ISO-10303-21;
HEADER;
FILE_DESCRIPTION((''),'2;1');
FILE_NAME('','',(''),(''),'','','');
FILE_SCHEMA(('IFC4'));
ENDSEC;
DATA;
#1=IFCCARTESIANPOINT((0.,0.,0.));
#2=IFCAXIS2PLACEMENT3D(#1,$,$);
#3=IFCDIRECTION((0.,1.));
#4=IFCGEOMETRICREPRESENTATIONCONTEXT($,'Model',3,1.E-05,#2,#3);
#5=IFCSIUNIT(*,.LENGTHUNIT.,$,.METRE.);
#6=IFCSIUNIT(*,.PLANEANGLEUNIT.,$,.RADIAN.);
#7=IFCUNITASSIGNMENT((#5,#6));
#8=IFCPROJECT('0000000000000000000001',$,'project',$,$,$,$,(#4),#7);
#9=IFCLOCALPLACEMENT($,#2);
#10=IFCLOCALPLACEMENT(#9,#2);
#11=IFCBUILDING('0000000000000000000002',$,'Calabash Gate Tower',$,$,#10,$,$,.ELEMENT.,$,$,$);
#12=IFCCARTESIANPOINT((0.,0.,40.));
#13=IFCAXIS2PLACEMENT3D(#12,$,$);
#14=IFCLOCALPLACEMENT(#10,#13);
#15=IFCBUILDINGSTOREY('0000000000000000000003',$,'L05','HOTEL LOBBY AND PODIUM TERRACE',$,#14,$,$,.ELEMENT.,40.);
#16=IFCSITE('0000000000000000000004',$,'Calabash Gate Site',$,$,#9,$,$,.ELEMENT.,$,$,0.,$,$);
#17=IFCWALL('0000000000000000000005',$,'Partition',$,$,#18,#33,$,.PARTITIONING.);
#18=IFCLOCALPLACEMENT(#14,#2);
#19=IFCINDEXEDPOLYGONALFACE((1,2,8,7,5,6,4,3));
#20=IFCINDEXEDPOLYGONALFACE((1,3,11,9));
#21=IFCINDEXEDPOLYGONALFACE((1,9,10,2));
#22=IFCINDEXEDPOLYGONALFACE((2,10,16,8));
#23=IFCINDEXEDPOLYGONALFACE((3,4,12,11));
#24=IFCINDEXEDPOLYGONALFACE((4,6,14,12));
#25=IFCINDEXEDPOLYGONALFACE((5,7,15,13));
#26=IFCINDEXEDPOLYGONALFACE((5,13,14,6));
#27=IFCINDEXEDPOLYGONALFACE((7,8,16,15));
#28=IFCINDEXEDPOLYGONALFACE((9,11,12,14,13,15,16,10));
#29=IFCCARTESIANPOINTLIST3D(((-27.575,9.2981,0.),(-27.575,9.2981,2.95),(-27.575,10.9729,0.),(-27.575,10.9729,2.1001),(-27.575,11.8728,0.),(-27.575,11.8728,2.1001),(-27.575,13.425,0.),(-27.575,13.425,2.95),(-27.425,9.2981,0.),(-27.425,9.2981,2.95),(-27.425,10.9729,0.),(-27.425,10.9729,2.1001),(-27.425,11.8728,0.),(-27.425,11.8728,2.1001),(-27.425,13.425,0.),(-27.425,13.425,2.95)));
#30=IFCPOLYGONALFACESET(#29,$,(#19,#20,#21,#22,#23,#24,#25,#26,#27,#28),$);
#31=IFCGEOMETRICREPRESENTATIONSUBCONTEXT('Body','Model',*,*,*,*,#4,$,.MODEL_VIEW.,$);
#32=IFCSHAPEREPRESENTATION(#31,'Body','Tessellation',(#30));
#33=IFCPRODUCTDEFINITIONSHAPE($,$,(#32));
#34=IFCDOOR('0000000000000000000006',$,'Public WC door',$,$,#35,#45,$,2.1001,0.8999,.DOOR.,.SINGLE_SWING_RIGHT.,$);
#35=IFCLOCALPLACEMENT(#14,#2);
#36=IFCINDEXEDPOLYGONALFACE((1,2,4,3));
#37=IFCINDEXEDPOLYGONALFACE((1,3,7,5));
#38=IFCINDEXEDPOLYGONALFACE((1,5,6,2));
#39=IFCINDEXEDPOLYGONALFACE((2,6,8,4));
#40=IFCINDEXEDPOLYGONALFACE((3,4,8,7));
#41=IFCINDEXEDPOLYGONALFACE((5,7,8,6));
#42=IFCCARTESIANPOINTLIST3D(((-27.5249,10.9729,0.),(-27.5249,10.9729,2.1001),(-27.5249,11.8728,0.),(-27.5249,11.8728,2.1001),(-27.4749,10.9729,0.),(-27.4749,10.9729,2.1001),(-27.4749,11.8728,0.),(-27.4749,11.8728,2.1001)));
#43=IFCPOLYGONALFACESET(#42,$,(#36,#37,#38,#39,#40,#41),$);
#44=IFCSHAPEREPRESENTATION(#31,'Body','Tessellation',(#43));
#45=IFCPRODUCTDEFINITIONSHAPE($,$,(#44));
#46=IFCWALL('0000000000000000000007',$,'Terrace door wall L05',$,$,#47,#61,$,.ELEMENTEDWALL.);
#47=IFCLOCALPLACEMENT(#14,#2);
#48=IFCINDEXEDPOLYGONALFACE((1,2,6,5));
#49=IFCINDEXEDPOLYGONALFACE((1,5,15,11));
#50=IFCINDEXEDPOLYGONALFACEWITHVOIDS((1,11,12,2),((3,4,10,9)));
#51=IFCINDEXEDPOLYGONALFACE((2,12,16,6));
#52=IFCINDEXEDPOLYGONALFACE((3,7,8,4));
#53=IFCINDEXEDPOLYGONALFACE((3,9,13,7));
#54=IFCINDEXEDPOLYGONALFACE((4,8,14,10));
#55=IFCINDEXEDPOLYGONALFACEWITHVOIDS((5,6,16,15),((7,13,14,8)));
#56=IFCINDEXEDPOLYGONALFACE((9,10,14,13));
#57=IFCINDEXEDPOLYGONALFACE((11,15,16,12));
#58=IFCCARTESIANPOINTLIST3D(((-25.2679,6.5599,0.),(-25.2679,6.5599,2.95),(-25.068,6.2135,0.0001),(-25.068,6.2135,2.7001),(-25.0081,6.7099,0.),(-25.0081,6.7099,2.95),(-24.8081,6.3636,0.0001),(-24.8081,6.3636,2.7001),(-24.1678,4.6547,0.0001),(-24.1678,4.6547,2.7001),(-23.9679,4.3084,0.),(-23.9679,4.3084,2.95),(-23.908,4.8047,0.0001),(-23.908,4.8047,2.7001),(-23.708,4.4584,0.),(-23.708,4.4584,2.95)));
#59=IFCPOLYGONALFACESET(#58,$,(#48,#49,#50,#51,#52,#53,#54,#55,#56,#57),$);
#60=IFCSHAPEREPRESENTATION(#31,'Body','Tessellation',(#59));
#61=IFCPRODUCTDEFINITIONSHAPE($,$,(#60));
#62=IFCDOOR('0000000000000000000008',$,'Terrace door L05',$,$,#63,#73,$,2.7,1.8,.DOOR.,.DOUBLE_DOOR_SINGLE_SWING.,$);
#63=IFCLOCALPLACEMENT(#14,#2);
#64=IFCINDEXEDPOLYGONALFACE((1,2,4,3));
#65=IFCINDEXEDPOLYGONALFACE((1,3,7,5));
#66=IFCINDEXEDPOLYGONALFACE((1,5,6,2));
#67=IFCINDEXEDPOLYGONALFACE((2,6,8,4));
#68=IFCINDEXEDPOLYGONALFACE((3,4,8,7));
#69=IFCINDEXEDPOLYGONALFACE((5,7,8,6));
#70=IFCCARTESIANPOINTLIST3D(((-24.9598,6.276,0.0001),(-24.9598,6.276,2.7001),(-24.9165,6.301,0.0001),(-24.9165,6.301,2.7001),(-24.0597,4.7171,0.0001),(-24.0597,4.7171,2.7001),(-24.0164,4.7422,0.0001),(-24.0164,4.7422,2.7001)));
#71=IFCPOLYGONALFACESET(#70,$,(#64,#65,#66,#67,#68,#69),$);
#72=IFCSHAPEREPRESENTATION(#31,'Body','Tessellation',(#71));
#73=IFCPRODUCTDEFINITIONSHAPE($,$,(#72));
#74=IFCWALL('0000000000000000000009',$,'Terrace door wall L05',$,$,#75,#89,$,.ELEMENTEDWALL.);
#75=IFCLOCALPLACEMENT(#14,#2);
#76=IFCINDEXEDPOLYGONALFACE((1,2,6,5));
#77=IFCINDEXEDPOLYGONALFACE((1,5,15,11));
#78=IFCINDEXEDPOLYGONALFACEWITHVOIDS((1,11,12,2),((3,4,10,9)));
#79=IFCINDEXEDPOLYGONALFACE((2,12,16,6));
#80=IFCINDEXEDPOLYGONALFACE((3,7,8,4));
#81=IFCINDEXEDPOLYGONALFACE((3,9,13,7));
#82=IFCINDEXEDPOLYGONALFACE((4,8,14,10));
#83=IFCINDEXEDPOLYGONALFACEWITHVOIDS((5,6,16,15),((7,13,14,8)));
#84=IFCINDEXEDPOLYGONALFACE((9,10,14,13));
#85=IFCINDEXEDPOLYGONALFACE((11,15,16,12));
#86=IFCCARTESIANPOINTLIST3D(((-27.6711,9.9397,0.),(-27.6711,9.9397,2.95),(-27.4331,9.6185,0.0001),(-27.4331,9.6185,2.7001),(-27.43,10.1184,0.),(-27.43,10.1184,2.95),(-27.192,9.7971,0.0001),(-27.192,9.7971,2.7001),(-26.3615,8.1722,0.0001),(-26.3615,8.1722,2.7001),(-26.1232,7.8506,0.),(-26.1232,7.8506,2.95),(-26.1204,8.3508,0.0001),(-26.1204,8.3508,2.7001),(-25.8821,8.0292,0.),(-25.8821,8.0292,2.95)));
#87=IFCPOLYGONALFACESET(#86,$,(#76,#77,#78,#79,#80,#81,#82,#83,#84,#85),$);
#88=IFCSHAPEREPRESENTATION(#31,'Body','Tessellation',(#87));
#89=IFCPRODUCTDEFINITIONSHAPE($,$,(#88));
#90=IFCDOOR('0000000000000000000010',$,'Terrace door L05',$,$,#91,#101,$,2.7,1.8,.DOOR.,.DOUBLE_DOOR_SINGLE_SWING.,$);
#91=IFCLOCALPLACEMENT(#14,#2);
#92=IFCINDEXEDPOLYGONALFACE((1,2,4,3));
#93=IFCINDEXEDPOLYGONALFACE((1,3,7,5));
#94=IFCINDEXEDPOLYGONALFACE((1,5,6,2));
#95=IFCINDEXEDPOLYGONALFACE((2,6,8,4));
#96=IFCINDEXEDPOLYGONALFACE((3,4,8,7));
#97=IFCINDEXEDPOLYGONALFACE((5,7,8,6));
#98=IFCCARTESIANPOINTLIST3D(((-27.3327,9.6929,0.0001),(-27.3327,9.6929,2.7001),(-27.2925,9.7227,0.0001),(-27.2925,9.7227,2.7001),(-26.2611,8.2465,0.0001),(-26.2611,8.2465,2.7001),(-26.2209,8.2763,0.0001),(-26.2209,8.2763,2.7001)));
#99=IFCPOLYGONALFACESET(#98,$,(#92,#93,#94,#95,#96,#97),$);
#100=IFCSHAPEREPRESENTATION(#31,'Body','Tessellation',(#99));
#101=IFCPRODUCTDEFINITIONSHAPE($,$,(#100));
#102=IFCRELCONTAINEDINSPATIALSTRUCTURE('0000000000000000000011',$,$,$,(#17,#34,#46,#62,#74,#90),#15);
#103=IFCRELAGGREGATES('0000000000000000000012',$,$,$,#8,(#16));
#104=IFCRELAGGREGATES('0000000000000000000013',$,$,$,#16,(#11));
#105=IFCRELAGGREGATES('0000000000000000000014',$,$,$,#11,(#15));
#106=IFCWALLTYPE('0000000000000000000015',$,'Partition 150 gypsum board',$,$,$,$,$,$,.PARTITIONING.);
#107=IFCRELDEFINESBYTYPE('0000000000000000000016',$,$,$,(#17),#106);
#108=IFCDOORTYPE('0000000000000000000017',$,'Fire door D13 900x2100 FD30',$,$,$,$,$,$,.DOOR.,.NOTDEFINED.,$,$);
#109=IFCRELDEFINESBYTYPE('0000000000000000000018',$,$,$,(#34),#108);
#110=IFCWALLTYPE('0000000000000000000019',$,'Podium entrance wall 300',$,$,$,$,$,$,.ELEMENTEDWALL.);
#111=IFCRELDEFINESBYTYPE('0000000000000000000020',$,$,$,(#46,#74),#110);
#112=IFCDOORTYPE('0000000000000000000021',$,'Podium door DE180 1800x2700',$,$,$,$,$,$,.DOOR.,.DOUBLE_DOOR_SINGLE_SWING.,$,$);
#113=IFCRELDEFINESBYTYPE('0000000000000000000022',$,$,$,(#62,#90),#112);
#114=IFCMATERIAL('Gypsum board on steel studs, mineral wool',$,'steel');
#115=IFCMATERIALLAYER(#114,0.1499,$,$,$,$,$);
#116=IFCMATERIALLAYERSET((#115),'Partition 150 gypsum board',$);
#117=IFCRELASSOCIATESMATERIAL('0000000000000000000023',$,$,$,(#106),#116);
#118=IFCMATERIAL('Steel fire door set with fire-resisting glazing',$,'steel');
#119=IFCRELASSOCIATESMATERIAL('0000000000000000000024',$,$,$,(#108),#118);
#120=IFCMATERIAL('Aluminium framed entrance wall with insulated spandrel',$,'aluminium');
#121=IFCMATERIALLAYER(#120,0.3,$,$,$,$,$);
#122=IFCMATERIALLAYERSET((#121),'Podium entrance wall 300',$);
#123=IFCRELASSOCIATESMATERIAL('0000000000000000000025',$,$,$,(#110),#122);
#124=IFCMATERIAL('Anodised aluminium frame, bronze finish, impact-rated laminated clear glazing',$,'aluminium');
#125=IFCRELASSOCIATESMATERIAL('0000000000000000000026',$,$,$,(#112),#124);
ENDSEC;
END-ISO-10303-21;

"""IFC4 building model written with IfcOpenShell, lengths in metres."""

from ifc_helpers import new_model, si_unit, direction, frame, frame_2d, origin, place, context, subcontext, project, spatial, rectangle, extrude, material, layer, layer_set, type_object, element, fill, save


model = new_model("IFC4")

# Units and contexts
model_context = context("Model", 3, precision=1e-05, world=origin(), true_north=direction((0.0, 1.0)))
body_context = subcontext(model_context, "Body", "Model", "MODEL_VIEW")
ifc_project = project(units=[si_unit("LENGTHUNIT", "METRE"), si_unit("PLANEANGLEUNIT", "RADIAN")], contexts=[model_context])

# Site, building, storey
site_placement = place(None, origin())
site = spatial("IfcSite", under=ifc_project, at=site_placement, Name="Calabash Gate Site", CompositionType="ELEMENT", RefElevation=0.0)
building_placement = place(site_placement, origin())
building = spatial("IfcBuilding", under=site, at=building_placement, Name="Calabash Gate Tower", CompositionType="ELEMENT")
storey_placement = place(building_placement, frame((0.0, 0.0, 40.0)))
storey = spatial("IfcBuildingStorey", under=building, at=storey_placement, Name="L05", Description="HOTEL LOBBY AND PODIUM TERRACE", CompositionType="ELEMENT", Elevation=40.0)

# Walls, openings, doors
ifc_material_1 = material(Name="Gypsum board on steel studs, mineral wool", Category="steel")
ifc_layer_1 = layer(ifc_material_1, 0.1499)
ifc_layer_set_1 = layer_set([ifc_layer_1], Name="Partition 150 gypsum board")
wall_type_1 = type_object("IfcWallType", Name="Partition 150 gypsum board", PredefinedType="PARTITIONING", material=ifc_layer_set_1)
wall_1_placement = place(storey_placement, frame((-27.5, 9.2981, 0.0), z_axis=(0.0, 0.0, 1.0), x_axis=(0.0, 1.0, 0.0)))
wall_1 = element("IfcWall", 1, at=wall_1_placement, inside=storey, type_object=wall_type_1, Name="Partition", PredefinedType="PARTITIONING", context=body_context, shape_type="SweptSolid", body=[
    extrude(rectangle(XDim=4.127, YDim=0.1499, at=frame_2d((2.0635, 0.0))), origin(), (0.0, 0.0, 1.0), 2.95),
])
opening_1_placement = place(wall_1_placement, frame((1.6748, 0.0, 0.0)))
opening_1 = element("IfcOpeningElement", 2, at=opening_1_placement, cuts=wall_1, PredefinedType="OPENING", context=body_context, shape_type="SweptSolid", body=[
    extrude(rectangle(XDim=0.8999, YDim=2.1001, at=frame_2d((0.45, 1.05))), frame((0.0, 0.085, 0.0), z_axis=(0.0, -1.0, 0.0), x_axis=(1.0, 0.0, 0.0)), (0.0, 0.0, 1.0), 0.1699),
])
ifc_material_2 = material(Name="Steel fire door set with fire-resisting glazing", Category="steel")
door_type_1 = type_object("IfcDoorType", Name="Fire door D13 900x2100 FD30", OperationType="NOTDEFINED", PredefinedType="DOOR", material=ifc_material_2)
door_1_placement = place(opening_1_placement, origin())
door_1 = element("IfcDoor", 3, at=door_1_placement, inside=storey, type_object=door_type_1, Name="Public WC door", OperationType="SINGLE_SWING_RIGHT", OverallHeight=2.1001, OverallWidth=0.8999, PredefinedType="DOOR", context=body_context, shape_type="SweptSolid", body=[
    extrude(rectangle(XDim=0.8999, YDim=2.1001, at=frame_2d((0.45, 1.05))), frame((0.0, 0.0249, 0.0), z_axis=(0.0, -1.0, 0.0), x_axis=(1.0, 0.0, 0.0)), (0.0, 0.0, 1.0), 0.05),
])
fill(opening_1, door_1)
ifc_material_3 = material(Name="Aluminium framed entrance wall with insulated spandrel", Category="aluminium")
ifc_layer_2 = layer(ifc_material_3, 0.3)
ifc_layer_set_2 = layer_set([ifc_layer_2], Name="Podium entrance wall 300")
wall_type_2 = type_object("IfcWallType", Name="Podium entrance wall 300", PredefinedType="ELEMENTEDWALL", material=ifc_layer_set_2)
wall_2_placement = place(storey_placement, frame((-25.1379, 6.6348, 0.0), z_axis=(0.0, 0.0, 1.0), x_axis=(0.500048, -0.865998, 0.0)))
wall_2 = element("IfcWall", 4, at=wall_2_placement, inside=storey, type_object=wall_type_2, Name="Terrace door wall L05", PredefinedType="ELEMENTEDWALL", context=body_context, shape_type="SweptSolid", body=[
    extrude(rectangle(XDim=2.5999, YDim=0.3, at=frame_2d((1.2998, 0.0))), origin(), (0.0, 0.0, 1.0), 2.95),
])
opening_2_placement = place(wall_2_placement, frame((0.3999, 0.0, 0.0)))
opening_2 = element("IfcOpeningElement", 5, at=opening_2_placement, cuts=wall_2, PredefinedType="OPENING", context=body_context, shape_type="SweptSolid", body=[
    extrude(rectangle(XDim=1.8, YDim=2.7, at=frame_2d((0.8999, 1.3501))), frame((0.0, 0.1599, 0.0), z_axis=(0.0, -1.0, 0.0), x_axis=(1.0, 0.0, 0.0)), (0.0, 0.0, 1.0), 0.3201),
])
ifc_material_4 = material(Name="Anodised aluminium frame, bronze finish, impact-rated laminated clear glazing", Category="aluminium")
door_type_2 = type_object("IfcDoorType", Name="Podium door DE180 1800x2700", OperationType="DOUBLE_DOOR_SINGLE_SWING", PredefinedType="DOOR", material=ifc_material_4)
door_2_placement = place(opening_2_placement, origin())
door_2 = element("IfcDoor", 6, at=door_2_placement, inside=storey, type_object=door_type_2, Name="Terrace door L05", OperationType="DOUBLE_DOOR_SINGLE_SWING", OverallHeight=2.7, OverallWidth=1.8, PredefinedType="DOOR", context=body_context, shape_type="SweptSolid", body=[
    extrude(rectangle(XDim=1.8, YDim=2.7, at=frame_2d((0.8999, 1.3501))), frame((0.0, 0.0249, 0.0), z_axis=(0.0, -1.0, 0.0), x_axis=(1.0, 0.0, 0.0)), (0.0, 0.0, 1.0), 0.05),
])
fill(opening_2, door_2)
wall_3_placement = place(storey_placement, frame((-27.5505, 10.0291, 0.0), z_axis=(0.0, 0.0, 1.0), x_axis=(0.595317, -0.803491, 0.0)))
wall_3 = element("IfcWall", 7, at=wall_3_placement, inside=storey, type_object=wall_type_2, Name="Terrace door wall L05", PredefinedType="ELEMENTEDWALL", context=body_context, shape_type="SweptSolid", body=[
    extrude(rectangle(XDim=2.6001, YDim=0.3, at=frame_2d((1.3, 0.0))), origin(), (0.0, 0.0, 1.0), 2.95),
])
opening_3_placement = place(wall_3_placement, frame((0.3999, 0.0, 0.0)))
opening_3 = element("IfcOpeningElement", 8, at=opening_3_placement, cuts=wall_3, PredefinedType="OPENING", context=body_context, shape_type="SweptSolid", body=[
    extrude(rectangle(XDim=1.8, YDim=2.7, at=frame_2d((0.8999, 1.3501))), frame((0.0, 0.1599, 0.0), z_axis=(0.0, -1.0, 0.0), x_axis=(1.0, 0.0, 0.0)), (0.0, 0.0, 1.0), 0.3201),
])
door_3_placement = place(opening_3_placement, origin())
door_3 = element("IfcDoor", 9, at=door_3_placement, inside=storey, type_object=door_type_2, Name="Terrace door L05", OperationType="DOUBLE_DOOR_SINGLE_SWING", OverallHeight=2.7, OverallWidth=1.8, PredefinedType="DOOR", context=body_context, shape_type="SweptSolid", body=[
    extrude(rectangle(XDim=1.8, YDim=2.7, at=frame_2d((0.8999, 1.3501))), frame((0.0, 0.0249, 0.0), z_axis=(0.0, -1.0, 0.0), x_axis=(1.0, 0.0, 0.0)), (0.0, 0.0, 1.0), 0.05),
])
fill(opening_3, door_3)

save(model, "model.ifc")
